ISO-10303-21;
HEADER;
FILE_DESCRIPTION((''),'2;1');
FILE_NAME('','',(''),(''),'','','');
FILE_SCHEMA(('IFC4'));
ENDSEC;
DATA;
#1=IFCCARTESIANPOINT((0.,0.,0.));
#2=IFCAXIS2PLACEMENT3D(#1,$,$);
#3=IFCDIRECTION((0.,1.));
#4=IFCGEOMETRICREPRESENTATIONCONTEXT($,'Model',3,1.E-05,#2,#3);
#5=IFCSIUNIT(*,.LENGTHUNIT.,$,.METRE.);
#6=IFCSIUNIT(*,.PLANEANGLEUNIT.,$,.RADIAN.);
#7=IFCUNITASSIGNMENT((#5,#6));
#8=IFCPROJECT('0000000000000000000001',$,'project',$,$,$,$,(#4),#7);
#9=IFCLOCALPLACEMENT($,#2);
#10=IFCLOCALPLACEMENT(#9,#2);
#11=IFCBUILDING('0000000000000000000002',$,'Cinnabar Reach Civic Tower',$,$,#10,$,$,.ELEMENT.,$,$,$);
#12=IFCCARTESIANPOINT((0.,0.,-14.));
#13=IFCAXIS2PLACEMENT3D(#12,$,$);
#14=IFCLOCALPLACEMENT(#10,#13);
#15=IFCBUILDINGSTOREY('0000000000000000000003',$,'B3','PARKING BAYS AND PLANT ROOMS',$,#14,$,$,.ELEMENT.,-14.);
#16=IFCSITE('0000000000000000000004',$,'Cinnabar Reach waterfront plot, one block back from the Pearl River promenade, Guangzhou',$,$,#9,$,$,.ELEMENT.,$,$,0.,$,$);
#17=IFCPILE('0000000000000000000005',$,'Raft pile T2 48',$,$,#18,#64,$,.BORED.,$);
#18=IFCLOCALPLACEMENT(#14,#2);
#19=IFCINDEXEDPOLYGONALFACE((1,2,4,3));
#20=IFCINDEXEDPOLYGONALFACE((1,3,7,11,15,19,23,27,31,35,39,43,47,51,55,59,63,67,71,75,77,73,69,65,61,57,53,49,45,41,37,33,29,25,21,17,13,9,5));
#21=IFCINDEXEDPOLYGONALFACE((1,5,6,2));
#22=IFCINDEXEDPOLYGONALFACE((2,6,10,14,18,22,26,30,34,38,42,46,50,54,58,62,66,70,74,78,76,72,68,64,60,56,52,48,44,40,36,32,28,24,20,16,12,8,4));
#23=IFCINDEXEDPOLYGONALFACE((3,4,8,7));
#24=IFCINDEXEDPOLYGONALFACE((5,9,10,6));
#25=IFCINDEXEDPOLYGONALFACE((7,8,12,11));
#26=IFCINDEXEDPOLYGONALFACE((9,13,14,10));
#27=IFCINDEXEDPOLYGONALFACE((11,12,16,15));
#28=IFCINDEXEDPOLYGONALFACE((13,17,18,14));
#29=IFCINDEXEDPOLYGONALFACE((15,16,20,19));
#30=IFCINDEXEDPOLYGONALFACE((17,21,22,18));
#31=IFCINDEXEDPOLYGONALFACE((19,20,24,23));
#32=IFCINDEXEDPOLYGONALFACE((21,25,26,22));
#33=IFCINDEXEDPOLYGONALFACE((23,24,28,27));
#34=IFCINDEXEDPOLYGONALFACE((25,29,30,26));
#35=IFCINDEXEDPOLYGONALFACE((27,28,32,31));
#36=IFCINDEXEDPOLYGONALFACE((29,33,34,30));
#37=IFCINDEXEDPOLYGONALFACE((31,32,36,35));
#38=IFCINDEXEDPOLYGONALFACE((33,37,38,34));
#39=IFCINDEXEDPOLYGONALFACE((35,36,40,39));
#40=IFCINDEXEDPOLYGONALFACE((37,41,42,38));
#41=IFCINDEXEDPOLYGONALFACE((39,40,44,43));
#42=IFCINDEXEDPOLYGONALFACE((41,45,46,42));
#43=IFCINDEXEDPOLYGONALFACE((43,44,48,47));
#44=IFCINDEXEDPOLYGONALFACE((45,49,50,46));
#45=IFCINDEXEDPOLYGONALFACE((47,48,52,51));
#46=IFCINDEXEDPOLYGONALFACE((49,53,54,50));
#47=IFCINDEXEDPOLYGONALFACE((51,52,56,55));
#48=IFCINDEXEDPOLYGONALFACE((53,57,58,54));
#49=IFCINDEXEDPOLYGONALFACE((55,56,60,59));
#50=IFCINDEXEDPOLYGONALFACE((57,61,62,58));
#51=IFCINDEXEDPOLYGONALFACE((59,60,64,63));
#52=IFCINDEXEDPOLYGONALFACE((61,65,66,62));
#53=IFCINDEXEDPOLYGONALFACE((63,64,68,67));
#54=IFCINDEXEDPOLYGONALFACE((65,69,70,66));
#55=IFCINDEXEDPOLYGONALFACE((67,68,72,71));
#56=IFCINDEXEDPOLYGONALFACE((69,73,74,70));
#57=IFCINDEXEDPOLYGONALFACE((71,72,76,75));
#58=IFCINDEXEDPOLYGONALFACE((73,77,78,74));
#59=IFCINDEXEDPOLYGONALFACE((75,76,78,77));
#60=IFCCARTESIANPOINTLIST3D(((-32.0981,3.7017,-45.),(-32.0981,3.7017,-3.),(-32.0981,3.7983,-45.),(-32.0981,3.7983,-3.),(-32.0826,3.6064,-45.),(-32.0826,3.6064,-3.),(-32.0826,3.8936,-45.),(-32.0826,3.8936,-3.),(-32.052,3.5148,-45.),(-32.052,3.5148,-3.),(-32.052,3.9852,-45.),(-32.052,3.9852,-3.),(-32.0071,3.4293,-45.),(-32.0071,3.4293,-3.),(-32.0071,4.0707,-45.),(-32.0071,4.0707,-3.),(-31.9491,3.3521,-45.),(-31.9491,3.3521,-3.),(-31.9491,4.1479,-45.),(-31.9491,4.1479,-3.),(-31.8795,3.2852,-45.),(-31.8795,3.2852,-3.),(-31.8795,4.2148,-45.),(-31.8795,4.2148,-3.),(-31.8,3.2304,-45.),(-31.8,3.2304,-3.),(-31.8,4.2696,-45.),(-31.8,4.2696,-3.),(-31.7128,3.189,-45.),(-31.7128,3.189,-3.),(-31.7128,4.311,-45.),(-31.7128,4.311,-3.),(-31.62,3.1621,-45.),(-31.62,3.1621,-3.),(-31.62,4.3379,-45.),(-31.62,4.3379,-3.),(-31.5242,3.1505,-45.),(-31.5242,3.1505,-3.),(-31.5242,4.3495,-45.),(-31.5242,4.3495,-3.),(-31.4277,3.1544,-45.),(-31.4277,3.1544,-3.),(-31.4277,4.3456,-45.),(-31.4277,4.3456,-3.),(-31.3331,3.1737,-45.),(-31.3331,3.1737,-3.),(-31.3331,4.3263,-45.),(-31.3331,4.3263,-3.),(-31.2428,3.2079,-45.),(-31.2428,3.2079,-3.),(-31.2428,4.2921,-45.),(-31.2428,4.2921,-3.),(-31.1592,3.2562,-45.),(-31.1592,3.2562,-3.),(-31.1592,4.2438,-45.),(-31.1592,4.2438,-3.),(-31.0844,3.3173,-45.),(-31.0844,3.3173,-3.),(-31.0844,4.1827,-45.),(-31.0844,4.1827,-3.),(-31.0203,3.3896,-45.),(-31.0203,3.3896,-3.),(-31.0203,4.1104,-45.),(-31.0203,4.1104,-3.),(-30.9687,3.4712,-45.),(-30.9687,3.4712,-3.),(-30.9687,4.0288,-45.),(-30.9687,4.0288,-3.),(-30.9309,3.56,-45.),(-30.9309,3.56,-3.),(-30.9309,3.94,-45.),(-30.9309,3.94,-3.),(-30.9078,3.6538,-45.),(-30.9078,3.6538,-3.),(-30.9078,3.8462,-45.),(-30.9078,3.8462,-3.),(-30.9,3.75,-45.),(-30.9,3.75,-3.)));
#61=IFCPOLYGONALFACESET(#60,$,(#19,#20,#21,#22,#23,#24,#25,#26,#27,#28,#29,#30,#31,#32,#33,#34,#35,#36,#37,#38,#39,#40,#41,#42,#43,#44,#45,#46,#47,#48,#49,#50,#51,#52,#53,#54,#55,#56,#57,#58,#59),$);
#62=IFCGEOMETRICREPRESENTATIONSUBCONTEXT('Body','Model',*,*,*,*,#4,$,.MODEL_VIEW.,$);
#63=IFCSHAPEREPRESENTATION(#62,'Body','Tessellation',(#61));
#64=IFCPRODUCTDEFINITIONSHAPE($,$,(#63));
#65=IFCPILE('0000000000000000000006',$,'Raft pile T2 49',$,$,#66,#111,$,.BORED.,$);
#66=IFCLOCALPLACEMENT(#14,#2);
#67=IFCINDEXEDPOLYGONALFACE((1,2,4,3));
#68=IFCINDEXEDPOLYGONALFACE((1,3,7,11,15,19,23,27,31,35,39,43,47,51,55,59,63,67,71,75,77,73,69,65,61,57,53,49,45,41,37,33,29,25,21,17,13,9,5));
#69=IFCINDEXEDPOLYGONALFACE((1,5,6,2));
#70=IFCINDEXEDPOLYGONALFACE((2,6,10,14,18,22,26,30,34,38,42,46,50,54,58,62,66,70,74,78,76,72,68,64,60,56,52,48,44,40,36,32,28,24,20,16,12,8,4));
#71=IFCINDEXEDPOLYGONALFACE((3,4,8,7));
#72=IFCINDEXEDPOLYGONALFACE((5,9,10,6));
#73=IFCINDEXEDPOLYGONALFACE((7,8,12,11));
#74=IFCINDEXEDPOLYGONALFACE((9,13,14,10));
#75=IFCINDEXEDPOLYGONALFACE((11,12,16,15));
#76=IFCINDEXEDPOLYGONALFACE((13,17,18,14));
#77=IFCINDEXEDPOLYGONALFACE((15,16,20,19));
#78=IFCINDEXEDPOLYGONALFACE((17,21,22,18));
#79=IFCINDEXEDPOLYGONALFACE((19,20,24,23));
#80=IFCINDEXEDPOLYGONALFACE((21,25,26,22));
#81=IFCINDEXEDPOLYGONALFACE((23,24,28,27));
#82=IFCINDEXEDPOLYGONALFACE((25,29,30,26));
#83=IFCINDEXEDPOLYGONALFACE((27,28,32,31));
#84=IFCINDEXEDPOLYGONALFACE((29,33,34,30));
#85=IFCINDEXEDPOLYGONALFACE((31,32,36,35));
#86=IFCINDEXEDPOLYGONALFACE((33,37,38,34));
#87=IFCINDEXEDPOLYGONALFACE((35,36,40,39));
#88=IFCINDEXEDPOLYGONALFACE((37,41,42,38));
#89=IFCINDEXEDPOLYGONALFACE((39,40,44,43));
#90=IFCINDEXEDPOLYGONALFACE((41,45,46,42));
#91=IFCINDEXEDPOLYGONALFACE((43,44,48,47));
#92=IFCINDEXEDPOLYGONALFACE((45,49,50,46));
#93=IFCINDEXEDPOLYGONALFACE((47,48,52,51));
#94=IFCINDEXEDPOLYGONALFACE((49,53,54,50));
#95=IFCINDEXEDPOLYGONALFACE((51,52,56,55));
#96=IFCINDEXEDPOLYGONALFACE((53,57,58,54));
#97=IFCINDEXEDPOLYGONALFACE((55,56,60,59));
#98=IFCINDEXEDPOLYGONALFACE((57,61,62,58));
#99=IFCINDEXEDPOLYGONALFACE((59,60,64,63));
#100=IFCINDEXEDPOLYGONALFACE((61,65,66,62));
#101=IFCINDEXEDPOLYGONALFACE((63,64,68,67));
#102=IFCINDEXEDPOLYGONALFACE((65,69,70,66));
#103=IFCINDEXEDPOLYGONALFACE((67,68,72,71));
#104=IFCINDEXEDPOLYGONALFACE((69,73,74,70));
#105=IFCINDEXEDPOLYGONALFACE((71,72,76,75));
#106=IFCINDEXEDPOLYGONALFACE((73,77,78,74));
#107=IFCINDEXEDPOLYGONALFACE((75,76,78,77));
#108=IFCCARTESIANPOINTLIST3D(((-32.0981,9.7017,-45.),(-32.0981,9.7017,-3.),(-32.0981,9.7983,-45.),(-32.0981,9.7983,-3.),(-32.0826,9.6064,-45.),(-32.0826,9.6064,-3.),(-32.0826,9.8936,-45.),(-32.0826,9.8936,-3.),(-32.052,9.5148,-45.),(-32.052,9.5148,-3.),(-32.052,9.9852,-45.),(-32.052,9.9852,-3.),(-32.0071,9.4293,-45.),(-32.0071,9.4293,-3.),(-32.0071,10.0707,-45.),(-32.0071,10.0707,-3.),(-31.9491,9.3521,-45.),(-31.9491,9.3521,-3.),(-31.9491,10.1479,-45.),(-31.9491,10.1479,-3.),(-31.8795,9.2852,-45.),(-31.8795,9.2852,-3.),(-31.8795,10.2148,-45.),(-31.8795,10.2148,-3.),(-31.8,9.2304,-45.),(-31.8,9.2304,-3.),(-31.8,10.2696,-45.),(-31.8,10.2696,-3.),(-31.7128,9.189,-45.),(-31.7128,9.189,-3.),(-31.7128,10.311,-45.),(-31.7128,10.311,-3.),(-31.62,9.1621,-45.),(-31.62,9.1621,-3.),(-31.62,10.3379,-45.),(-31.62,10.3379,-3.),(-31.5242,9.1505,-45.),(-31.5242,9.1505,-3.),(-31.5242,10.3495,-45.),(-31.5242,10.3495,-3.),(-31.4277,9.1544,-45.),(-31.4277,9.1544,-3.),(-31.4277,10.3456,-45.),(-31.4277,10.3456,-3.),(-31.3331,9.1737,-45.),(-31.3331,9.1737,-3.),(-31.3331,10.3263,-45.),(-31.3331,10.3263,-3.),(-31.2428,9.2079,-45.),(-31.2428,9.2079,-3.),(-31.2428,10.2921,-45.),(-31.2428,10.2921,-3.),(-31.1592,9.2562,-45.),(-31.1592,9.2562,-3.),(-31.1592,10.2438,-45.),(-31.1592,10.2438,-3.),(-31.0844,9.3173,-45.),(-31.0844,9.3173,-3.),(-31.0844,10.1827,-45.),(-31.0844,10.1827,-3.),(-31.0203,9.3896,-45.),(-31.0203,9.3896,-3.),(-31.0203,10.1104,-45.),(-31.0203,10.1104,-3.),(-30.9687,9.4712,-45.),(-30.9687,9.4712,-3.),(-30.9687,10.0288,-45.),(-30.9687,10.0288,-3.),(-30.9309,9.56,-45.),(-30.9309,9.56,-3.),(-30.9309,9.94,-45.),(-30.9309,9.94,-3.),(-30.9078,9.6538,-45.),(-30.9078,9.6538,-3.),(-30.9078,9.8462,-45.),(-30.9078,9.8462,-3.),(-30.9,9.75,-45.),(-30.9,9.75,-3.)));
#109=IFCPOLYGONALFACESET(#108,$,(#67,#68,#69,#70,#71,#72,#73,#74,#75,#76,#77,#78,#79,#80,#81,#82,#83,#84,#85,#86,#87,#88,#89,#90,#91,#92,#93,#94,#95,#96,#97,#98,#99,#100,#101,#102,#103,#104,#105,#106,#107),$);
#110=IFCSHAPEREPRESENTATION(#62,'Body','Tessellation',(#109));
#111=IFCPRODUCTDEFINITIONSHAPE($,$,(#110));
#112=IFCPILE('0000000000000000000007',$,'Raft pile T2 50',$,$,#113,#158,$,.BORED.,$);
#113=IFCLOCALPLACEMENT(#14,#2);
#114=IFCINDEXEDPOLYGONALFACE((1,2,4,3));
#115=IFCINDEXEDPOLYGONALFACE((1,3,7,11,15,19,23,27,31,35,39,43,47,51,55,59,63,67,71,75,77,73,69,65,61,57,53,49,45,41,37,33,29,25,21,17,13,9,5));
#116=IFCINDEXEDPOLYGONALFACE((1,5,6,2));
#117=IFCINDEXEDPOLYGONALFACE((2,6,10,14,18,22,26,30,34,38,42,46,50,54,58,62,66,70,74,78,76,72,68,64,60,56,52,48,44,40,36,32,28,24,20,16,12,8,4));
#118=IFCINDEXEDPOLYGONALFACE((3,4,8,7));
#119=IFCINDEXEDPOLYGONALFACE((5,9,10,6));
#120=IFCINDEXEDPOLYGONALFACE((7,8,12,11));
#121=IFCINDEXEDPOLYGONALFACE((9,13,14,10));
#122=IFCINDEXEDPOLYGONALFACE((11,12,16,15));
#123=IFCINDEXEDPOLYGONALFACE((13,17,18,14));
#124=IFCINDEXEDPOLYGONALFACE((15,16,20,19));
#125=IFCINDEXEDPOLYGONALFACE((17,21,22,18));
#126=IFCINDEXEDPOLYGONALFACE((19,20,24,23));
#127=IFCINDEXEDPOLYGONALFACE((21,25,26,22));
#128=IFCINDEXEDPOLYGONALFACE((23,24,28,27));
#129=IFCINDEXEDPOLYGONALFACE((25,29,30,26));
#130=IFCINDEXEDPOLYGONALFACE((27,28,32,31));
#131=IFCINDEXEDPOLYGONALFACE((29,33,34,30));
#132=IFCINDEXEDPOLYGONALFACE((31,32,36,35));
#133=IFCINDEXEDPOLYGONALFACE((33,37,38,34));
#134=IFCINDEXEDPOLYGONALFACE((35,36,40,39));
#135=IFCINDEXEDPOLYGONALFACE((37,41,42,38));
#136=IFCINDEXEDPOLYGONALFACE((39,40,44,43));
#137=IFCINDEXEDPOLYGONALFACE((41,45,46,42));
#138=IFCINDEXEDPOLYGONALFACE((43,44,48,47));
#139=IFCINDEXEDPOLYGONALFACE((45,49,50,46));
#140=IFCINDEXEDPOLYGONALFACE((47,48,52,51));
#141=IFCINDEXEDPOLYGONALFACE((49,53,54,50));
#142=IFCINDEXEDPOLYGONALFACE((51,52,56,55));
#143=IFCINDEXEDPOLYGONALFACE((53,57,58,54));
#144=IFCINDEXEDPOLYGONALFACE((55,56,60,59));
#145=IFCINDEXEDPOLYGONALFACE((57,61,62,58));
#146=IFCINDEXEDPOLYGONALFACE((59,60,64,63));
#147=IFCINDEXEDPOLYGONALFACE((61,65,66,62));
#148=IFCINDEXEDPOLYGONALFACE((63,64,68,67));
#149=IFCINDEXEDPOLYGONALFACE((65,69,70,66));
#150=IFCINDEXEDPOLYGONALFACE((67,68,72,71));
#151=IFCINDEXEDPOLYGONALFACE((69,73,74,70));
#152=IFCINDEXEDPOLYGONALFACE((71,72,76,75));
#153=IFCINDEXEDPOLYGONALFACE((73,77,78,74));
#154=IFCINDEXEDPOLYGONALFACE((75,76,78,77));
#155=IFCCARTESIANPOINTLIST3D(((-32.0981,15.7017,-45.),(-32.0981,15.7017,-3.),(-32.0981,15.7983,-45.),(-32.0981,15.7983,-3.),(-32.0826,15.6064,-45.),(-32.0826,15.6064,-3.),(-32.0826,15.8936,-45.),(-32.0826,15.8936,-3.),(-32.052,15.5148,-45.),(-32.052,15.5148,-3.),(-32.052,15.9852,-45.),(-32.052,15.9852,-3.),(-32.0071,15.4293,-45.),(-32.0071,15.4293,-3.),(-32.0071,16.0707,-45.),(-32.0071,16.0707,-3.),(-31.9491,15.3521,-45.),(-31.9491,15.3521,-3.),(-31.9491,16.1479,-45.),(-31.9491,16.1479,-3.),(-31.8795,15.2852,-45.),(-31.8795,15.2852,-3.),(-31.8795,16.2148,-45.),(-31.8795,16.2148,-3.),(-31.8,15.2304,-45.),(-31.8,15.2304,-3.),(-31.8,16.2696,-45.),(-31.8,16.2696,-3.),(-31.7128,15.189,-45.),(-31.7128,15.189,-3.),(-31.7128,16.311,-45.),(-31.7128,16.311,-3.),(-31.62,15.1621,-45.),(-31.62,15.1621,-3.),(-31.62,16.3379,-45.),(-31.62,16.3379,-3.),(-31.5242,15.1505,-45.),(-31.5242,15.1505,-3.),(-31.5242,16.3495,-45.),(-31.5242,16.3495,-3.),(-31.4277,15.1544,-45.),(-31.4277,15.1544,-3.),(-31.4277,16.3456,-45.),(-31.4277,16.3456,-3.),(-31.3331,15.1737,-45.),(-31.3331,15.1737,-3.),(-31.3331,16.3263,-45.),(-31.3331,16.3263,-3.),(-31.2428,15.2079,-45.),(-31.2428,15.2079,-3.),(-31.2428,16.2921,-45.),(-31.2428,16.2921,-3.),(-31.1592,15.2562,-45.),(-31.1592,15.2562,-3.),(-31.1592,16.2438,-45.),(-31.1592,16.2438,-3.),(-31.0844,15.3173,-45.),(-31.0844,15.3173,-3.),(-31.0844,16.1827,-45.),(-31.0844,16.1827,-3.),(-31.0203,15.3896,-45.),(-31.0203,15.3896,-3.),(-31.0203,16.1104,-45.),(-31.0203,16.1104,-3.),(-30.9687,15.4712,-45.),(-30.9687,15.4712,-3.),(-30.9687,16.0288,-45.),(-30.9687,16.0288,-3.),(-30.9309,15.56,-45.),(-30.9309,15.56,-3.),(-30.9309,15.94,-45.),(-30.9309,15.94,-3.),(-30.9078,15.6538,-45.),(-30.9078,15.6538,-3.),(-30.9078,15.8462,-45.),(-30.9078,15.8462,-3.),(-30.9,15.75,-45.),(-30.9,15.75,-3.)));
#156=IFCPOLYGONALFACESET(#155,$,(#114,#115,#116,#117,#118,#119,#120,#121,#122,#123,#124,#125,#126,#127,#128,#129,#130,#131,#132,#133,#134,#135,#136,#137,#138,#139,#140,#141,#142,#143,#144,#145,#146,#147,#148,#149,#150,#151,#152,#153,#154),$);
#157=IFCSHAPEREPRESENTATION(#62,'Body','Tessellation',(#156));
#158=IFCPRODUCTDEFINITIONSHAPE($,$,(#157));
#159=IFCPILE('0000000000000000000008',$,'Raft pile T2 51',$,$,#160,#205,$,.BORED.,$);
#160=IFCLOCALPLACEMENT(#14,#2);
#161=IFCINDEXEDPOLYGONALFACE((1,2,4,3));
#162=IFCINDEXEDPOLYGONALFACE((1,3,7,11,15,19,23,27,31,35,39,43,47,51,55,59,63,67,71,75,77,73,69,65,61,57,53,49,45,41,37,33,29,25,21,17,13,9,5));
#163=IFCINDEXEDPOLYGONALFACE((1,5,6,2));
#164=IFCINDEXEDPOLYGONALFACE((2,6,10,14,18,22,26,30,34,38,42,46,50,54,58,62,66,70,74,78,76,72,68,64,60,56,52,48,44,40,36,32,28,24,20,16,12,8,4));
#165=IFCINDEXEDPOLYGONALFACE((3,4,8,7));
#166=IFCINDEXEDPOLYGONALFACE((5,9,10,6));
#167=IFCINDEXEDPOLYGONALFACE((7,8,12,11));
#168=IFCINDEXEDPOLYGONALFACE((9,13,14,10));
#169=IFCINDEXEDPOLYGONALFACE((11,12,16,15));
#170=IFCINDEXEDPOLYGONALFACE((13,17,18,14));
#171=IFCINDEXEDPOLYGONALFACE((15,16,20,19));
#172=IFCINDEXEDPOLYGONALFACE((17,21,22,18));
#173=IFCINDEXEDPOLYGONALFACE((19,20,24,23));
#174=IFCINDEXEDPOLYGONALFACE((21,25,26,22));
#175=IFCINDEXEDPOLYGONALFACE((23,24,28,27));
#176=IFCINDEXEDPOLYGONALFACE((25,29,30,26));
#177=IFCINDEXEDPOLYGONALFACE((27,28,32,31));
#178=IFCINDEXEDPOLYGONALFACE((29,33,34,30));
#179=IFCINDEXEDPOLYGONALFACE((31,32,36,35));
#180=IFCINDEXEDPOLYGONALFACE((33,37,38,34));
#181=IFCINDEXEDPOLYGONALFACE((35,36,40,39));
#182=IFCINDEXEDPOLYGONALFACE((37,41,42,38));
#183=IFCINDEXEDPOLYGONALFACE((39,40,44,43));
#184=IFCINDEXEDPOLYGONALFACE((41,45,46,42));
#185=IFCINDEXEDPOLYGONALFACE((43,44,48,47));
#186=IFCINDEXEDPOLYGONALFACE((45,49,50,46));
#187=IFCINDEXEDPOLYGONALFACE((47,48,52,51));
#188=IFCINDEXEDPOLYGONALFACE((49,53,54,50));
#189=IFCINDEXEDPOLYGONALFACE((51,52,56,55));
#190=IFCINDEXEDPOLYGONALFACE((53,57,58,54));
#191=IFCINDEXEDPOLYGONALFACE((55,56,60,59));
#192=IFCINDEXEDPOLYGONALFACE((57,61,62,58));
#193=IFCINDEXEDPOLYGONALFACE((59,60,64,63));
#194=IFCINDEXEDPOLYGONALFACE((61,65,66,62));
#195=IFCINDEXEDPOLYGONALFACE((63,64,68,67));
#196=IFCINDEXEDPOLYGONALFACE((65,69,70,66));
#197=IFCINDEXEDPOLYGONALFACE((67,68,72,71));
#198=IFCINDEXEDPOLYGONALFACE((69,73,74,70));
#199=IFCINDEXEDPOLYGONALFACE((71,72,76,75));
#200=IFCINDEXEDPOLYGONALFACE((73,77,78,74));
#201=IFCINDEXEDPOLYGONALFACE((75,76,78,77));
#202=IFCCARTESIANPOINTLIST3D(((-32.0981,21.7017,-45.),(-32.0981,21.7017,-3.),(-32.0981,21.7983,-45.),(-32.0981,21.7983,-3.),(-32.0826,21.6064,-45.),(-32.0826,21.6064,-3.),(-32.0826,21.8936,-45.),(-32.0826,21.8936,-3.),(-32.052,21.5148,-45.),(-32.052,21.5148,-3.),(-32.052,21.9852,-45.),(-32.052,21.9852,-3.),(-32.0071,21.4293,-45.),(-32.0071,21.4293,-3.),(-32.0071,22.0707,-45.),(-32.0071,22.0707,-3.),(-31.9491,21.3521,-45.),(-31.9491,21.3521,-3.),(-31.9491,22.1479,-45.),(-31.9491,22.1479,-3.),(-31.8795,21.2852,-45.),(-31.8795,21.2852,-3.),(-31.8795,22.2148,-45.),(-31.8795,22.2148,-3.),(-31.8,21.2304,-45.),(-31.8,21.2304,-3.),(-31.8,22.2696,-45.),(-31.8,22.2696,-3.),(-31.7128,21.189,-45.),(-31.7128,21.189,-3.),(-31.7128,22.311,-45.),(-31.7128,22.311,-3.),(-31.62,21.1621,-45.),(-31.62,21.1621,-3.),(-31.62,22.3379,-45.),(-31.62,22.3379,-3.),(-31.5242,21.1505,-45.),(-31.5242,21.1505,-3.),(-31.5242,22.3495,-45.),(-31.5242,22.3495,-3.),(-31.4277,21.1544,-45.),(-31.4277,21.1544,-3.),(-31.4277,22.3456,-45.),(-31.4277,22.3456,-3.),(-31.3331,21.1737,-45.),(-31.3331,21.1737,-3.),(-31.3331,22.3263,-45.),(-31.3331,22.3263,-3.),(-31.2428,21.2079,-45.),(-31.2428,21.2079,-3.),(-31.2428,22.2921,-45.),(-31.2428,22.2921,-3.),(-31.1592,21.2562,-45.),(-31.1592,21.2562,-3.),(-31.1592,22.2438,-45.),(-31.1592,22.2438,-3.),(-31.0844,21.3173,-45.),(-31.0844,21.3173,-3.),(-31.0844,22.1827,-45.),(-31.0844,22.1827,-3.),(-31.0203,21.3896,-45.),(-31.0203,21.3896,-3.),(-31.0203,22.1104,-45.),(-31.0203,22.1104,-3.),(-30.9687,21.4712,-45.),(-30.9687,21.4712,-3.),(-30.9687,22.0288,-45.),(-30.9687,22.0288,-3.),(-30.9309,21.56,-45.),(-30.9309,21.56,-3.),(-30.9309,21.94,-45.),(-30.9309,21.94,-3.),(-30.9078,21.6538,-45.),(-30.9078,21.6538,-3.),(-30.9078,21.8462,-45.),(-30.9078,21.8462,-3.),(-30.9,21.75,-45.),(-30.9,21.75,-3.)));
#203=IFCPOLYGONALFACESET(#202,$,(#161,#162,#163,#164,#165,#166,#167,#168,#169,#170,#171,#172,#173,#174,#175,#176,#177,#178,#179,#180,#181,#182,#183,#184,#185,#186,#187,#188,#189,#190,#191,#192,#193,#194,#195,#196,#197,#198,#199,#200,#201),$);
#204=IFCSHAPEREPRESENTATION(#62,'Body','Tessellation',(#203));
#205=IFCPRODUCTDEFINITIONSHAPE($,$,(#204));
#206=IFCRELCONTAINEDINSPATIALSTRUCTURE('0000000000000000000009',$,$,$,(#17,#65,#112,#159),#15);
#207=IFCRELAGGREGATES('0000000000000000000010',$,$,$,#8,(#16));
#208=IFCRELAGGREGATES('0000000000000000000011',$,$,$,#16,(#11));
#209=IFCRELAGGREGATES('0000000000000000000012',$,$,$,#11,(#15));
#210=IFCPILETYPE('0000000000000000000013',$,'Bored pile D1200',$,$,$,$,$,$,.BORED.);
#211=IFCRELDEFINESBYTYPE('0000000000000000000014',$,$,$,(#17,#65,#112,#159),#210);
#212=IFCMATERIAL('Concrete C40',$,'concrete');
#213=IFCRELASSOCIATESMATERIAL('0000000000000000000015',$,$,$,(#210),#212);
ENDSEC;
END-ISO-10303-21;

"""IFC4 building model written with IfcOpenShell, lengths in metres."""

from ifc_helpers import new_model, si_unit, direction, frame, origin, origin_2d, place, context, subcontext, project, spatial, circle, extrude, material, type_object, element, save


model = new_model("IFC4")

# Units and contexts
model_context = context("Model", 3, precision=1e-05, world=origin(), true_north=direction((0.0, 1.0)))
body_context = subcontext(model_context, "Body", "Model", "MODEL_VIEW")
ifc_project = project(units=[si_unit("LENGTHUNIT", "METRE"), si_unit("PLANEANGLEUNIT", "RADIAN")], contexts=[model_context])

# Site, building, storey
site_placement = place(None, origin())
site = spatial("IfcSite", under=ifc_project, at=site_placement, Name="Cinnabar Reach waterfront plot, one block back from the Pearl River promenade, Guangzhou", CompositionType="ELEMENT", RefElevation=0.0)
building_placement = place(site_placement, origin())
building = spatial("IfcBuilding", under=site, at=building_placement, Name="Cinnabar Reach Civic Tower", CompositionType="ELEMENT")
storey_placement = place(building_placement, frame((0.0, 0.0, -14.0)))
storey = spatial("IfcBuildingStorey", under=building, at=storey_placement, Name="B3", Description="PARKING BAYS AND PLANT ROOMS", CompositionType="ELEMENT", Elevation=-14.0)

# Piles
ifc_material_1 = material(Name="Concrete C40", Category="concrete")
pile_type = type_object("IfcPileType", Name="Bored pile D1200", PredefinedType="BORED", material=ifc_material_1)
for number, where, z_axis, x_axis, name in (
    (1, (-31.5, 3.75, -3.0), (0.0, 0.0, -1.0), (1.0, 0.0, 0.0), "Raft pile T2 48"),
    (2, (-31.5, 9.75, -3.0), (0.0, 0.0, -1.0), (1.0, 0.0, 0.0), "Raft pile T2 49"),
    (3, (-31.5, 15.75, -3.0), (0.0, 0.0, -1.0), (1.0, 0.0, 0.0), "Raft pile T2 50"),
    (4, (-31.5, 21.75, -3.0), (0.0, 0.0, -1.0), (1.0, 0.0, 0.0), "Raft pile T2 51"),
):
    element("IfcPile", number, at=place(storey_placement, frame(where, z_axis=z_axis, x_axis=x_axis)), inside=storey, type_object=pile_type, Name=name, PredefinedType="BORED", context=body_context, shape_type="SweptSolid", body=[
        extrude(circle(Radius=0.6, at=origin_2d()), origin(), (0.0, 0.0, 1.0), 42.0),
    ])

save(model, "model.ifc")
